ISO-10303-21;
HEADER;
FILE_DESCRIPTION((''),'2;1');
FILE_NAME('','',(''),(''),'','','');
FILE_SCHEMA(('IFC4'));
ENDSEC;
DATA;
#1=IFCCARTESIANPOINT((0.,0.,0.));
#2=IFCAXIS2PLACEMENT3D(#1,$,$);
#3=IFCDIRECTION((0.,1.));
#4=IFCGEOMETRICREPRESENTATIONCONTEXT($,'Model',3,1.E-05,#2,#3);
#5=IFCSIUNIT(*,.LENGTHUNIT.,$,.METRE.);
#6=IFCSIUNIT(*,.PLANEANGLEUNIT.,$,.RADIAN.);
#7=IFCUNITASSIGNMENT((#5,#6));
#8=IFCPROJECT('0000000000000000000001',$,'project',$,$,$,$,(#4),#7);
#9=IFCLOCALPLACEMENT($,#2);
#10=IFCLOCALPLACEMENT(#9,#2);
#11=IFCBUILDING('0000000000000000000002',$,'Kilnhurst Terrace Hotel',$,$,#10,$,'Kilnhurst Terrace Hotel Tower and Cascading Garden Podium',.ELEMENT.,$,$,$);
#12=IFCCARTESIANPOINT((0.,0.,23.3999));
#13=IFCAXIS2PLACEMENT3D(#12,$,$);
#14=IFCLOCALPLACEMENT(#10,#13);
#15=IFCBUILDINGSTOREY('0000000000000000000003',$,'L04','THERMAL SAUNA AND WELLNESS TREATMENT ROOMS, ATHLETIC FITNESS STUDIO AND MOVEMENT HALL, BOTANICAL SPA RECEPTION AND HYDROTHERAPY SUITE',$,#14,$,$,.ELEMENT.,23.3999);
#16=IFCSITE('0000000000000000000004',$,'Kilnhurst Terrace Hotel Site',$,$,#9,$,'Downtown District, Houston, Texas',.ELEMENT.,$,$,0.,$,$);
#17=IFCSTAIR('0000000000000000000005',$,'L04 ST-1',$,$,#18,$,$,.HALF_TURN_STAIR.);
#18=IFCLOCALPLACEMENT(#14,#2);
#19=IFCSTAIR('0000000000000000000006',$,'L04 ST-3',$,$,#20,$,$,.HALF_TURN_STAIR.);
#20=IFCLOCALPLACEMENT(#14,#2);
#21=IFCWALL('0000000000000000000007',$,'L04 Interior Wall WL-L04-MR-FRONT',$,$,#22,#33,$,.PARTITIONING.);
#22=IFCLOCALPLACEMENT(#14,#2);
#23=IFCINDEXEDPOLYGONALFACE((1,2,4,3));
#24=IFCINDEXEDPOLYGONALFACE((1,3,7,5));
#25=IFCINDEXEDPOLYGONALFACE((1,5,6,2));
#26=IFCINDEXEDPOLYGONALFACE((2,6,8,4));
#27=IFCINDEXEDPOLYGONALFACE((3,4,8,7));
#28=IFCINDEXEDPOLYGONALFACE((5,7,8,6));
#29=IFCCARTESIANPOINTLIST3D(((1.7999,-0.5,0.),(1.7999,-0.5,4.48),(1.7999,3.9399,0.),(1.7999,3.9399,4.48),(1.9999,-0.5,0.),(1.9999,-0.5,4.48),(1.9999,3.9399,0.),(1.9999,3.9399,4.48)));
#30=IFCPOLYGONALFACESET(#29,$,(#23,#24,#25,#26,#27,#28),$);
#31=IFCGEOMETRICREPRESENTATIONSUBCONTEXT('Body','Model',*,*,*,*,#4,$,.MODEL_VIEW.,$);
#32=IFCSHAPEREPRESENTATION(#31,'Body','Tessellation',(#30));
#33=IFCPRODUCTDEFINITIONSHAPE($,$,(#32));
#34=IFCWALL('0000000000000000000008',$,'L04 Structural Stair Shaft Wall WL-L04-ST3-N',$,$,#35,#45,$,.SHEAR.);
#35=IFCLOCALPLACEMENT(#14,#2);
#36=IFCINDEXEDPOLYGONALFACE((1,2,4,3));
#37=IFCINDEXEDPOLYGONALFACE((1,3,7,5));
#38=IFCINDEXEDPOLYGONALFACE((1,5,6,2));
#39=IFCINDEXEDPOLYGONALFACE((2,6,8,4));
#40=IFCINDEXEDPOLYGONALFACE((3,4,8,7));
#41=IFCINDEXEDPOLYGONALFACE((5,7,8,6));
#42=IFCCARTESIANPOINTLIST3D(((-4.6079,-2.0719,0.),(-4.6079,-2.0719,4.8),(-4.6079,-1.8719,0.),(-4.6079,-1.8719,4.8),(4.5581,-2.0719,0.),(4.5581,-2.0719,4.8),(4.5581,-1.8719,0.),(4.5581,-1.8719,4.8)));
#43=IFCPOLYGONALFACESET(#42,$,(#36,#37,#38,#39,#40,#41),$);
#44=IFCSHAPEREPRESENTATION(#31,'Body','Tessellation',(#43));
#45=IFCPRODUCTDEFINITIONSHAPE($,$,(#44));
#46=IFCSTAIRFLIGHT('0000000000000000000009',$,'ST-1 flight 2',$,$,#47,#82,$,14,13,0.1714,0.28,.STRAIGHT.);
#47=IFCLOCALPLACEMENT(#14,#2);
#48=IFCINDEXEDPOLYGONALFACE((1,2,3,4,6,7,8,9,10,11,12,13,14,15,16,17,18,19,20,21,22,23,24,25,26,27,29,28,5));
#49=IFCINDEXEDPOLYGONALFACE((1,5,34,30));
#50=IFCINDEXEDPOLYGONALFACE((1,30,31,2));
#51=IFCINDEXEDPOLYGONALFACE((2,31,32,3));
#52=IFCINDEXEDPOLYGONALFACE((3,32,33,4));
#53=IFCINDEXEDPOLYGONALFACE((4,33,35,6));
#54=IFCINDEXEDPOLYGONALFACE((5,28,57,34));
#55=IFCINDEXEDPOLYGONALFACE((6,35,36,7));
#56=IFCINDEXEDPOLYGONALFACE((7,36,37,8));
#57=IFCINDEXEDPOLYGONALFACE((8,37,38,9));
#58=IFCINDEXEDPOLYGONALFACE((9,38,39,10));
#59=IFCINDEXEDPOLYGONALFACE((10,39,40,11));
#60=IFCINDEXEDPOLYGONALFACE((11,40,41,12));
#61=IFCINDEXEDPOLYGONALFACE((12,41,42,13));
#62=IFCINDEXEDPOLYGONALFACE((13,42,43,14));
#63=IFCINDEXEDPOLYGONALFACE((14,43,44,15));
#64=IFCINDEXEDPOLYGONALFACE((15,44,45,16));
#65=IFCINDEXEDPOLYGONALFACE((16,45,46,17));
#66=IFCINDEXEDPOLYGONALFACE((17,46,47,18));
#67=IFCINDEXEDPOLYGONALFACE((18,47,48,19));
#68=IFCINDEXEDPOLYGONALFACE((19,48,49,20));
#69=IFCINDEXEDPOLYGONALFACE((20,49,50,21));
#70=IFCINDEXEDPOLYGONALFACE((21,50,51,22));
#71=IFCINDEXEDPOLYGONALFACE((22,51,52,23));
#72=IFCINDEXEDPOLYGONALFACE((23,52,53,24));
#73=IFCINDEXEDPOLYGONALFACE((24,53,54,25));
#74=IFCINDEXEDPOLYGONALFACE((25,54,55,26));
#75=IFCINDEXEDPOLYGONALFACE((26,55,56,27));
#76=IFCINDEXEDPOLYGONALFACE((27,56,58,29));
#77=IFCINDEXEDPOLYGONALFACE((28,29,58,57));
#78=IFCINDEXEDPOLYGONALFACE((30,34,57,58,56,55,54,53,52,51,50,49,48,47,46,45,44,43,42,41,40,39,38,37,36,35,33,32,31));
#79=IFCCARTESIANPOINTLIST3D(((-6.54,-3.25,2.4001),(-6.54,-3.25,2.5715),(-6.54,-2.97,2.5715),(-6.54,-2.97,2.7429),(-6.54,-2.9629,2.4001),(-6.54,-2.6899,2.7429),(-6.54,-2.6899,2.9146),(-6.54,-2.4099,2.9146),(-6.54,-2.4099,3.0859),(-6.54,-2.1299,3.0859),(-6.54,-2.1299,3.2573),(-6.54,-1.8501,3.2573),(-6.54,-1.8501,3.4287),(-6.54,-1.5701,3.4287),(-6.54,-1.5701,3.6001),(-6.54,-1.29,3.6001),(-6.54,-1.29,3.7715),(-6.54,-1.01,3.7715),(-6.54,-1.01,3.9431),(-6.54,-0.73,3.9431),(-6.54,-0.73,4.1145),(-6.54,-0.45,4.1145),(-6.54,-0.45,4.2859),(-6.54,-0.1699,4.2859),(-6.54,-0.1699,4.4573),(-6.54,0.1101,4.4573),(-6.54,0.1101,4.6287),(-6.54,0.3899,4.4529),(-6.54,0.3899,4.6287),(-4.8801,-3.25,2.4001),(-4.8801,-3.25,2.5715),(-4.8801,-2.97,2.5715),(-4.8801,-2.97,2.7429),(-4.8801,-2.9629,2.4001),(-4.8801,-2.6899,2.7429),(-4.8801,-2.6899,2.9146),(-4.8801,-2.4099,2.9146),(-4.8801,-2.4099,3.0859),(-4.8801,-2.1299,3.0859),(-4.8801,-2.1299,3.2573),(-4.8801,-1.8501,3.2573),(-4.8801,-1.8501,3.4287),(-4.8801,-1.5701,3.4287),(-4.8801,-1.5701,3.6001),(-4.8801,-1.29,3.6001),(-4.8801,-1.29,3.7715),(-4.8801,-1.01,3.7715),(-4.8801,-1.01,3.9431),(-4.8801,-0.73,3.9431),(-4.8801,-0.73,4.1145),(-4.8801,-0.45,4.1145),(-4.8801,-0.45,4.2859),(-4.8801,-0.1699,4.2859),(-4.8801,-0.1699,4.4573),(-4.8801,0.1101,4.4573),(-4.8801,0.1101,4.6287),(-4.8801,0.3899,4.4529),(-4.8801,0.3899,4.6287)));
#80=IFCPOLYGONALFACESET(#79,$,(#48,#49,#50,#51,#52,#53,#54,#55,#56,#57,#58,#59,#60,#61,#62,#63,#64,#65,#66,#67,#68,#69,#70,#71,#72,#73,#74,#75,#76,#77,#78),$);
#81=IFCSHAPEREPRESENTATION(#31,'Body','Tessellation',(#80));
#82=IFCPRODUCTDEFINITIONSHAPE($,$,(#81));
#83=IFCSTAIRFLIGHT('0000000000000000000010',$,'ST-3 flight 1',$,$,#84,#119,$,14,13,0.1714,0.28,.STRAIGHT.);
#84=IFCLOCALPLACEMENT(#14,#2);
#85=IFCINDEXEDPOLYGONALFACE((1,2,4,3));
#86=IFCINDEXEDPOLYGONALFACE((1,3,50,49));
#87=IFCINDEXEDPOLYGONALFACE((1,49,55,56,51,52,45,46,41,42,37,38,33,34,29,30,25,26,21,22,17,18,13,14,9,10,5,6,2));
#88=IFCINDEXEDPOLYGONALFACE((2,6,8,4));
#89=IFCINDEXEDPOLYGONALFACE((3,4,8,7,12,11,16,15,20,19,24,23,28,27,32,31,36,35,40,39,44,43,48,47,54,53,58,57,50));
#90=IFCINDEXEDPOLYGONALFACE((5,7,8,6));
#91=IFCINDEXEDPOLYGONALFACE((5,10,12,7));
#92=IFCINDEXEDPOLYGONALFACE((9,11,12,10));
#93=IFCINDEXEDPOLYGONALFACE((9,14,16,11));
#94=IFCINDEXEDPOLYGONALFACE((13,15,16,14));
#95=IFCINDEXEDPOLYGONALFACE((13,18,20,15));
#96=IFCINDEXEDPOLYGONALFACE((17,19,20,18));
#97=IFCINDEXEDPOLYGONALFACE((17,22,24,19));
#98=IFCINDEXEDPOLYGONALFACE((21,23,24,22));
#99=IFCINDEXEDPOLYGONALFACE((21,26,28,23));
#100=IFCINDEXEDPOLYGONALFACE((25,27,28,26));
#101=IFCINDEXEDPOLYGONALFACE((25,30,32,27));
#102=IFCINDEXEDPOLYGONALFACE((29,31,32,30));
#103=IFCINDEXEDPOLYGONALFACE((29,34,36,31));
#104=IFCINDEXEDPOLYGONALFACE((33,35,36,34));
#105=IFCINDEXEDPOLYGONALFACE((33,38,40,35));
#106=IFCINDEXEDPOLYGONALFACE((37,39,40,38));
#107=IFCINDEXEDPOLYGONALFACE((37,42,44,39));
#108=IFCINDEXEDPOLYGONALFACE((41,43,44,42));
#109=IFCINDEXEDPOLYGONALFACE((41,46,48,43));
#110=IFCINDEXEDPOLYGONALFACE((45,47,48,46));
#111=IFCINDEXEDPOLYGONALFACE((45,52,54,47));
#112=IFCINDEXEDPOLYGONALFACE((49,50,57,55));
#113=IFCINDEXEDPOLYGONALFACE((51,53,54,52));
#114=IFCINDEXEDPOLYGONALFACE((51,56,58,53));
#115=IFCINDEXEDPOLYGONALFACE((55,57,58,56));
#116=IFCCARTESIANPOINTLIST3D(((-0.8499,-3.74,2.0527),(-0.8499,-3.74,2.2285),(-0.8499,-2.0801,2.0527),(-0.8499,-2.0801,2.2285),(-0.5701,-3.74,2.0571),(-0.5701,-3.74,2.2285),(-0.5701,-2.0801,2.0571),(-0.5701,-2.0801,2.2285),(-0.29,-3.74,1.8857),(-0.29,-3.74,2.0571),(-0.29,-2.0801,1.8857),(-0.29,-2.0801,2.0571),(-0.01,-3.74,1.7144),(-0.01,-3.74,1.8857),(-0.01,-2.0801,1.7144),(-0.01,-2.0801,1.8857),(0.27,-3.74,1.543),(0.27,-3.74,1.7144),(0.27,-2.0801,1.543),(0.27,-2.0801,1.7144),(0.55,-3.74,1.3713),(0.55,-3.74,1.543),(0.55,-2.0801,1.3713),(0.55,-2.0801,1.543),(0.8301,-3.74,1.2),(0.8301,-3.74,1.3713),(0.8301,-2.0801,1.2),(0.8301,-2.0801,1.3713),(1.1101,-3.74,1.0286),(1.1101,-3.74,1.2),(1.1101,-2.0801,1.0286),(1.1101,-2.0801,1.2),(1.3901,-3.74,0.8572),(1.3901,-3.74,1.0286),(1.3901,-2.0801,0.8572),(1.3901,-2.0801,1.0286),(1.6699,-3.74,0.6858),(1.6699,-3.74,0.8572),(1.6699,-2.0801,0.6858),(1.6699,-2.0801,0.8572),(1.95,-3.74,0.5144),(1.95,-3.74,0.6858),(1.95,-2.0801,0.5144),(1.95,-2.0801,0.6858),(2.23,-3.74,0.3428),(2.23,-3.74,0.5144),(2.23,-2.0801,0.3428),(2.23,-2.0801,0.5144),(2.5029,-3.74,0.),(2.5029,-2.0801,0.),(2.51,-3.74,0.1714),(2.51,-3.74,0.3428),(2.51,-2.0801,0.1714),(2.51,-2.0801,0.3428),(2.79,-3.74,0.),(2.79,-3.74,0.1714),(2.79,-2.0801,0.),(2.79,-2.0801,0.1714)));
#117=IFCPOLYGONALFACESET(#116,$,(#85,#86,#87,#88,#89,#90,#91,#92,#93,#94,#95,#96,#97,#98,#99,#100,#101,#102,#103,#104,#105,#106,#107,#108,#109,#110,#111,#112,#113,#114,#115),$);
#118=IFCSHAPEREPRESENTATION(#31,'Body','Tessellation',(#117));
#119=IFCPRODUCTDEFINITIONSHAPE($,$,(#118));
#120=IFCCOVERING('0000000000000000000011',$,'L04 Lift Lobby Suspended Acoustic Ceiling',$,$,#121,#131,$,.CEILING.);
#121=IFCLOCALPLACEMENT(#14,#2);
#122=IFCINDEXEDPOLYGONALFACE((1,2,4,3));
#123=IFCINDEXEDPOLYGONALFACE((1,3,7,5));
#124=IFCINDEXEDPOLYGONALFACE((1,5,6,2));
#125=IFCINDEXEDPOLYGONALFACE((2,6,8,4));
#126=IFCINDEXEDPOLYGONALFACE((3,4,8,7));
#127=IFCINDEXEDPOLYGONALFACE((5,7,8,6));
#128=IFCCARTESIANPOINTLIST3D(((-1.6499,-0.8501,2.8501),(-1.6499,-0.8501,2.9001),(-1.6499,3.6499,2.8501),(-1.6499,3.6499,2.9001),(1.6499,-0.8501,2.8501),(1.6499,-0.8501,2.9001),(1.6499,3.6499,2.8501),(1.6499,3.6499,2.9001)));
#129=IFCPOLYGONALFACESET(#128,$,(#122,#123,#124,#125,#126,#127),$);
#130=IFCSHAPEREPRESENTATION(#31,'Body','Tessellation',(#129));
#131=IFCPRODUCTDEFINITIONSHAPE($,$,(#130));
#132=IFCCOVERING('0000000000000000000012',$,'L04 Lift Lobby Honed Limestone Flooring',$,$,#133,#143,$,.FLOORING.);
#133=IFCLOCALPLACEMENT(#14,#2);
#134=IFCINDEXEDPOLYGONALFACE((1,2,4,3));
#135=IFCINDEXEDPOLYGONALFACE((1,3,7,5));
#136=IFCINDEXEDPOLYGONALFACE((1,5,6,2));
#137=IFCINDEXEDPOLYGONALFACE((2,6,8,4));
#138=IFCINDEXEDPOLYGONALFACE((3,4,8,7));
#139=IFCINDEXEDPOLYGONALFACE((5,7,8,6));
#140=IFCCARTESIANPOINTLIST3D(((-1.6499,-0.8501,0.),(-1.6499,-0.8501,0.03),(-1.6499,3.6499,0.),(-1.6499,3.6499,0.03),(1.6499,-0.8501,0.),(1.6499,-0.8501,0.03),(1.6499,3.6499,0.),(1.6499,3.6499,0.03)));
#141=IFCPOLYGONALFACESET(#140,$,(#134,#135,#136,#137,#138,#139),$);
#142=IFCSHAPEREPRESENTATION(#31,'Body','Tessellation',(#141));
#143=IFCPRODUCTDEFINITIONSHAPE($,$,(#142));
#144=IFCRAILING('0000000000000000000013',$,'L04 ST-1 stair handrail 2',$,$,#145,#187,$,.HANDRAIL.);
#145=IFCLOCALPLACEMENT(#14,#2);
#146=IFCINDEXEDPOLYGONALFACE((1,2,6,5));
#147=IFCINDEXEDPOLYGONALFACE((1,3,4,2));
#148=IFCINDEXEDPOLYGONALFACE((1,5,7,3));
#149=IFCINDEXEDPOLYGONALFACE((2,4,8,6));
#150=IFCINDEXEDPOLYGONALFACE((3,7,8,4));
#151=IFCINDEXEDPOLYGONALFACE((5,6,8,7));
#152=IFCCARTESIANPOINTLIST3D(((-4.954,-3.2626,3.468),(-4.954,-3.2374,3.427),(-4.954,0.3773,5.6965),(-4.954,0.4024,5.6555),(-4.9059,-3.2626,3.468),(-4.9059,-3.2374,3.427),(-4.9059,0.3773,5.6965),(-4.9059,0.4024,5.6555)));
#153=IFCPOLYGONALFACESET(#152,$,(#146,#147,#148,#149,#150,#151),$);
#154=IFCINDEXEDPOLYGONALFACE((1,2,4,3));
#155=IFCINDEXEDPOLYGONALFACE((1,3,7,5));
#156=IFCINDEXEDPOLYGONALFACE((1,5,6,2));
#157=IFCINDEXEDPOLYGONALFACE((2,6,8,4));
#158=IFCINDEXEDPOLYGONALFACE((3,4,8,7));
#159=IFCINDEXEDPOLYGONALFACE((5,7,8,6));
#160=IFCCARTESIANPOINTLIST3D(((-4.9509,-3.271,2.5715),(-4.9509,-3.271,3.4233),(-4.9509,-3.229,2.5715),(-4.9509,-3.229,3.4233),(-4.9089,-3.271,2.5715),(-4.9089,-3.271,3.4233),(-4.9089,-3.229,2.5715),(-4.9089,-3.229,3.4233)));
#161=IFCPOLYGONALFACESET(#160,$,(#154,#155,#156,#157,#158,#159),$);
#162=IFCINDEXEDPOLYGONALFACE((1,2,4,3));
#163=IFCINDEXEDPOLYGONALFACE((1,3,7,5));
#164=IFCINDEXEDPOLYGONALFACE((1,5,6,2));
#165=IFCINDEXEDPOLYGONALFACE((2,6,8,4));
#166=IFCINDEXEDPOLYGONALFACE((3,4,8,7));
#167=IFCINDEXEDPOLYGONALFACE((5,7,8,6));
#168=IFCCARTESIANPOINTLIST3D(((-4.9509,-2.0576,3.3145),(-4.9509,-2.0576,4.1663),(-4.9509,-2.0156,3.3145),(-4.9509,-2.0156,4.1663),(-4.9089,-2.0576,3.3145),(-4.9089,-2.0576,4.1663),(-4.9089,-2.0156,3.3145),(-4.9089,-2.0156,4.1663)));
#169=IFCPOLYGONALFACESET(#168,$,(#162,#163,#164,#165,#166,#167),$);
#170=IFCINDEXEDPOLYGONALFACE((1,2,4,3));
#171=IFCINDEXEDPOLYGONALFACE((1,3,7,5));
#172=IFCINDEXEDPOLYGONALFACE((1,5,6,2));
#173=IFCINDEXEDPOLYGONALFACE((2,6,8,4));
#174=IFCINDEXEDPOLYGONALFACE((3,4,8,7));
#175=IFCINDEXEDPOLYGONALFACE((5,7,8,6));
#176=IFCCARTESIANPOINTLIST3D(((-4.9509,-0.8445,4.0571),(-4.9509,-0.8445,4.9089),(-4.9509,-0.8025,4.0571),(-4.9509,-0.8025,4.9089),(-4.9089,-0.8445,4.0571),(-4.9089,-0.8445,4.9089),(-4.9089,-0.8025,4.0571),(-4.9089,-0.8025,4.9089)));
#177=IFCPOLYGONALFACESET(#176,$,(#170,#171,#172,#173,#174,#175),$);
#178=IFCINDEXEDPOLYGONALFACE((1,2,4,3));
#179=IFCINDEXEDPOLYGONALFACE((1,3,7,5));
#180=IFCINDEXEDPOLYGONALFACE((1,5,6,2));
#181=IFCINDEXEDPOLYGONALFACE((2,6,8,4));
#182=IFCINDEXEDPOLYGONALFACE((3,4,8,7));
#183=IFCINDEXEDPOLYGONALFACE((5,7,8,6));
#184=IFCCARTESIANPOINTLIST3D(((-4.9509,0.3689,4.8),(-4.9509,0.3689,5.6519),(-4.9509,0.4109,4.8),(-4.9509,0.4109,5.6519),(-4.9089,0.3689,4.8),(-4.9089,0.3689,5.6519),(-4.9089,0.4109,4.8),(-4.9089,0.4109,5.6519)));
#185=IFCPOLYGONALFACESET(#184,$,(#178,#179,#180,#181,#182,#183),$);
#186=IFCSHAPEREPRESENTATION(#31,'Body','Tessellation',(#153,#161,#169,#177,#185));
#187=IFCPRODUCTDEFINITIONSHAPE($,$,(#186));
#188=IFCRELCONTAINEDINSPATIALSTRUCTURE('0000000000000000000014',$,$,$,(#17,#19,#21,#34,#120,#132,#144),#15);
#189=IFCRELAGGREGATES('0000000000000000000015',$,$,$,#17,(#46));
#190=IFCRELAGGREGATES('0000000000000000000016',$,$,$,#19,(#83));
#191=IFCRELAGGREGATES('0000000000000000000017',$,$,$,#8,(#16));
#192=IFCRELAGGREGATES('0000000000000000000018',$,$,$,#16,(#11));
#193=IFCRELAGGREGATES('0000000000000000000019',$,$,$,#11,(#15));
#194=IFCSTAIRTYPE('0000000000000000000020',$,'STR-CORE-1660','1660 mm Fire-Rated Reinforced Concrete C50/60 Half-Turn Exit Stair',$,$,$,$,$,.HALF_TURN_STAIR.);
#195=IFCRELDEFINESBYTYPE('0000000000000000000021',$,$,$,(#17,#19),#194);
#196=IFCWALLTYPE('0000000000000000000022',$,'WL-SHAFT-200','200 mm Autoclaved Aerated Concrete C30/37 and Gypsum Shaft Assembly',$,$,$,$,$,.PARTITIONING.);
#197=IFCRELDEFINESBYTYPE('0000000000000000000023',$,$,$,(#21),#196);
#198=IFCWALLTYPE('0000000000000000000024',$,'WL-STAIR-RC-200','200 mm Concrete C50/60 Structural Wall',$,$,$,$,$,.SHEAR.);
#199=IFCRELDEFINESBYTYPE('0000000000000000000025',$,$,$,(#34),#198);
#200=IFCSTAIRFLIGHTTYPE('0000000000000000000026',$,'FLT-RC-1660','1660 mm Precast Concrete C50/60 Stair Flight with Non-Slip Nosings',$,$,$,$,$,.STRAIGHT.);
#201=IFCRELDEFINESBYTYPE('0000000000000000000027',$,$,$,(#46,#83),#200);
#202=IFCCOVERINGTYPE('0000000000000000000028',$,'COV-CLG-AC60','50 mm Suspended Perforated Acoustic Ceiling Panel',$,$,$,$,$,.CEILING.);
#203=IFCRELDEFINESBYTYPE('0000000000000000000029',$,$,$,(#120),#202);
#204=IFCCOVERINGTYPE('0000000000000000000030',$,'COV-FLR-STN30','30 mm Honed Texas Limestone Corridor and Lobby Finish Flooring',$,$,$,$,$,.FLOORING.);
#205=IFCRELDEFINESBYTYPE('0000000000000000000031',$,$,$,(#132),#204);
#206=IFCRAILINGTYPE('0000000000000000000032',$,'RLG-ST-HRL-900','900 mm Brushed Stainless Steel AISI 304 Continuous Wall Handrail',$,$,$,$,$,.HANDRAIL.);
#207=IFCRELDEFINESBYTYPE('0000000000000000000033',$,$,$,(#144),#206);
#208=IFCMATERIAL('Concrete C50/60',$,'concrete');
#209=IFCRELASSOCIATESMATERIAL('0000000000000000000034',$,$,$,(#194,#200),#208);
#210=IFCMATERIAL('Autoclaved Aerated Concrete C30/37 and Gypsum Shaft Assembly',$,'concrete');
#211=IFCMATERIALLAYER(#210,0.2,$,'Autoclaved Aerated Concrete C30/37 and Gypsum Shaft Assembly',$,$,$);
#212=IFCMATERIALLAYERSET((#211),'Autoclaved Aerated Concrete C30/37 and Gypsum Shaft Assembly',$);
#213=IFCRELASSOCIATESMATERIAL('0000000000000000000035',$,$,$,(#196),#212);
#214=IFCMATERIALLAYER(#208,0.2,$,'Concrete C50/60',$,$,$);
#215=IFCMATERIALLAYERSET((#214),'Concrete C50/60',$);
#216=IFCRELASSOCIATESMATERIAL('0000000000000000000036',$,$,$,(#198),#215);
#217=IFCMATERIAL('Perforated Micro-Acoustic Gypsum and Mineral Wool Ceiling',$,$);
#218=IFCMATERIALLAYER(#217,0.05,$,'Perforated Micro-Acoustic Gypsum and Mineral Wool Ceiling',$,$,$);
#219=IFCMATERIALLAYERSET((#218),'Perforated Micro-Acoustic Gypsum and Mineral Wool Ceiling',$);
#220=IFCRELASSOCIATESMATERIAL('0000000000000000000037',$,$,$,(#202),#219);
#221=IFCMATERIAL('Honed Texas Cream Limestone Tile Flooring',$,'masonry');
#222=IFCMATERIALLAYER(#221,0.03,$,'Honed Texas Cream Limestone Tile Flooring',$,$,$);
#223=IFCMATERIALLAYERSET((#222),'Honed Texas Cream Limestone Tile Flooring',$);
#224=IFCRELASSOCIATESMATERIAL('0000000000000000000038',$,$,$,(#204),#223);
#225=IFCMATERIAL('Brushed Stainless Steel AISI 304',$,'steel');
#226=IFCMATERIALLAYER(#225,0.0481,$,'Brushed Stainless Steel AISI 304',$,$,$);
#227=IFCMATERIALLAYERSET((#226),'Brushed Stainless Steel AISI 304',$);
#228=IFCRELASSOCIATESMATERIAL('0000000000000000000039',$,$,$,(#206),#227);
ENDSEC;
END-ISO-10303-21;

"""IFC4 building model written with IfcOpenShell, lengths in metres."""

from ifc_helpers import new_model, si_unit, direction, frame, frame_2d, origin, origin_2d, place, context, subcontext, project, spatial, polyline, rectangle, outline, extrude, material, layer, layer_set, type_object, element, aggregate, save


model = new_model("IFC4")

# Units and contexts
model_context = context("Model", 3, precision=1e-05, world=origin(), true_north=direction((0.0, 1.0)))
body_context = subcontext(model_context, "Body", "Model", "MODEL_VIEW")
ifc_project = project(units=[si_unit("LENGTHUNIT", "METRE"), si_unit("PLANEANGLEUNIT", "RADIAN")], contexts=[model_context])

# Site, building, storey
site_placement = place(None, origin())
site = spatial("IfcSite", under=ifc_project, at=site_placement, Name="Kilnhurst Terrace Hotel Site", LongName="Downtown District, Houston, Texas", CompositionType="ELEMENT", RefElevation=0.0)
building_placement = place(site_placement, origin())
building = spatial("IfcBuilding", under=site, at=building_placement, Name="Kilnhurst Terrace Hotel", LongName="Kilnhurst Terrace Hotel Tower and Cascading Garden Podium", CompositionType="ELEMENT")
storey_placement = place(building_placement, frame((0.0, 0.0, 23.3999)))
storey = spatial("IfcBuildingStorey", under=building, at=storey_placement, Name="L04", Description="THERMAL SAUNA AND WELLNESS TREATMENT ROOMS, ATHLETIC FITNESS STUDIO AND MOVEMENT HALL, BOTANICAL SPA RECEPTION AND HYDROTHERAPY SUITE", CompositionType="ELEMENT", Elevation=23.3999)

# Shared definitions
ifc_material_1 = material(Name="Concrete C50/60", Category="concrete")

# Stairs
stair_type_1 = type_object("IfcStairType", Name="STR-CORE-1660", Description="1660 mm Fire-Rated Reinforced Concrete C50/60 Half-Turn Exit Stair", PredefinedType="HALF_TURN_STAIR", material=ifc_material_1)
stair_1_placement = place(storey_placement, origin())
stair_1 = element("IfcStair", 1, at=stair_1_placement, inside=storey, type_object=stair_type_1, Name="L04 ST-1", PredefinedType="HALF_TURN_STAIR")
stair_2_placement = place(storey_placement, origin())
stair_2 = element("IfcStair", 2, at=stair_2_placement, inside=storey, type_object=stair_type_1, Name="L04 ST-3", PredefinedType="HALF_TURN_STAIR")

# Shared definitions
ifc_material_2 = material(Name="Autoclaved Aerated Concrete C30/37 and Gypsum Shaft Assembly", Category="concrete")
ifc_layer_1 = layer(ifc_material_2, 0.2, Name="Autoclaved Aerated Concrete C30/37 and Gypsum Shaft Assembly")
ifc_layer_set_1 = layer_set([ifc_layer_1], Name="Autoclaved Aerated Concrete C30/37 and Gypsum Shaft Assembly")
wall_type_1 = type_object("IfcWallType", Name="WL-SHAFT-200", Description="200 mm Autoclaved Aerated Concrete C30/37 and Gypsum Shaft Assembly", PredefinedType="PARTITIONING", material=ifc_layer_set_1)

# Walls
wall_1_placement = place(storey_placement, frame((1.8999, -0.5, 0.0), z_axis=(0.0, 0.0, 1.0), x_axis=(0.0, 1.0, 0.0)))
element("IfcWall", 3, at=wall_1_placement, inside=storey, type_object=wall_type_1, Name="L04 Interior Wall WL-L04-MR-FRONT", PredefinedType="PARTITIONING", context=body_context, shape_type="SweptSolid", body=[
    extrude(rectangle(XDim=4.4399, YDim=0.2, at=frame_2d((2.22, 0.0))), origin(), (0.0, 0.0, 1.0), 4.48),
])
ifc_layer_2 = layer(ifc_material_1, 0.2, Name="Concrete C50/60")
ifc_layer_set_2 = layer_set([ifc_layer_2], Name="Concrete C50/60")
wall_type_2 = type_object("IfcWallType", Name="WL-STAIR-RC-200", Description="200 mm Concrete C50/60 Structural Wall", PredefinedType="SHEAR", material=ifc_layer_set_2)
wall_2_placement = place(storey_placement, frame((-4.6079, -1.9719, 0.0), z_axis=(0.0, 0.0, 1.0), x_axis=(1.0, 0.0, 0.0)))
element("IfcWall", 4, at=wall_2_placement, inside=storey, type_object=wall_type_2, Name="L04 Structural Stair Shaft Wall WL-L04-ST3-N", PredefinedType="SHEAR", context=body_context, shape_type="SweptSolid", body=[
    extrude(rectangle(XDim=9.166, YDim=0.2, at=frame_2d((4.583, 0.0))), origin(), (0.0, 0.0, 1.0), 4.8),
])

# Stair flights
stair_flight_type = type_object("IfcStairFlightType", Name="FLT-RC-1660", Description="1660 mm Precast Concrete C50/60 Stair Flight with Non-Slip Nosings", PredefinedType="STRAIGHT", material=ifc_material_1)
stair_flight_1_placement = place(storey_placement, frame((-5.71, -3.25, 2.4001), z_axis=(0.0, 0.0, 1.0), x_axis=(0.0, 1.0, 0.0)))
stair_flight_1 = element("IfcStairFlight", 5, at=stair_flight_1_placement, type_object=stair_flight_type, Name="ST-1 flight 2", NumberOfRisers=14, NumberOfTreads=13, PredefinedType="STRAIGHT", RiserHeight=0.1714, TreadLength=0.28, context=body_context, shape_type="SweptSolid", body=[
    extrude(outline(polyline([(0.0, 0.0), (0.0, 0.1714), (0.28, 0.1714), (0.28, 0.3428), (0.5601, 0.3428), (0.5601, 0.5144), (0.8401, 0.5144), (0.8401, 0.6858), (1.1201, 0.6858), (1.1201, 0.8572), (1.3999, 0.8572), (1.3999, 1.0286), (1.6799, 1.0286), (1.6799, 1.2), (1.96, 1.2), (1.96, 1.3713), (2.24, 1.3713), (2.24, 1.543), (2.52, 1.543), (2.52, 1.7144), (2.8, 1.7144), (2.8, 1.8857), (3.0801, 1.8857), (3.0801, 2.0571), (3.3601, 2.0571), (3.3601, 2.2285), (3.6399, 2.2285), (3.6399, 2.3999), (3.6399, 2.0527), (0.2871, 0.0), (0.0, 0.0)])), frame((0.0, 0.8301, 0.0), z_axis=(0.0, -1.0, 0.0), x_axis=(1.0, 0.0, 0.0)), (0.0, 0.0, 1.0), 1.6599),
])
aggregate(stair_1, [stair_flight_1])
stair_flight_2_placement = place(storey_placement, frame((2.79, -2.9099, 0.0), z_axis=(0.0, 0.0, 1.0), x_axis=(-1.0, 0.0, 0.0)))
stair_flight_2 = element("IfcStairFlight", 6, at=stair_flight_2_placement, type_object=stair_flight_type, Name="ST-3 flight 1", NumberOfRisers=14, NumberOfTreads=13, PredefinedType="STRAIGHT", RiserHeight=0.1714, TreadLength=0.28, context=body_context, shape_type="SweptSolid", body=[
    extrude(outline(polyline([(0.0, 0.0), (0.0, 0.1714), (0.28, 0.1714), (0.28, 0.3428), (0.5601, 0.3428), (0.5601, 0.5144), (0.8401, 0.5144), (0.8401, 0.6858), (1.1201, 0.6858), (1.1201, 0.8572), (1.3999, 0.8572), (1.3999, 1.0286), (1.6799, 1.0286), (1.6799, 1.2), (1.96, 1.2), (1.96, 1.3713), (2.24, 1.3713), (2.24, 1.543), (2.52, 1.543), (2.52, 1.7144), (2.8, 1.7144), (2.8, 1.8857), (3.0801, 1.8857), (3.0801, 2.0571), (3.3601, 2.0571), (3.3601, 2.2285), (3.6399, 2.2285), (3.6399, 2.3999), (3.6399, 2.0527), (0.2871, 0.0), (0.0, 0.0)])), frame((0.0, 0.8301, 0.0), z_axis=(0.0, -1.0, 0.0), x_axis=(1.0, 0.0, 0.0)), (0.0, 0.0, 1.0), 1.6599),
])
aggregate(stair_2, [stair_flight_2])

# Coverings
ifc_material_3 = material(Name="Perforated Micro-Acoustic Gypsum and Mineral Wool Ceiling")
ifc_layer_3 = layer(ifc_material_3, 0.05, Name="Perforated Micro-Acoustic Gypsum and Mineral Wool Ceiling")
ifc_layer_set_3 = layer_set([ifc_layer_3], Name="Perforated Micro-Acoustic Gypsum and Mineral Wool Ceiling")
covering_type_1 = type_object("IfcCoveringType", Name="COV-CLG-AC60", Description="50 mm Suspended Perforated Acoustic Ceiling Panel", PredefinedType="CEILING", material=ifc_layer_set_3)
covering_1_placement = place(storey_placement, frame((0.0, 0.0, 2.8501)))
element("IfcCovering", 7, at=covering_1_placement, inside=storey, type_object=covering_type_1, Name="L04 Lift Lobby Suspended Acoustic Ceiling", PredefinedType="CEILING", context=body_context, shape_type="SweptSolid", body=[
    extrude(outline(polyline([(-1.6499, -0.8501), (1.6499, -0.8501), (1.6499, 3.6499), (-1.6499, 3.6499), (-1.6499, -0.8501)])), origin(), (0.0, 0.0, 1.0), 0.05),
])
ifc_material_4 = material(Name="Honed Texas Cream Limestone Tile Flooring", Category="masonry")
ifc_layer_4 = layer(ifc_material_4, 0.03, Name="Honed Texas Cream Limestone Tile Flooring")
ifc_layer_set_4 = layer_set([ifc_layer_4], Name="Honed Texas Cream Limestone Tile Flooring")
covering_type_2 = type_object("IfcCoveringType", Name="COV-FLR-STN30", Description="30 mm Honed Texas Limestone Corridor and Lobby Finish Flooring", PredefinedType="FLOORING", material=ifc_layer_set_4)
covering_2_placement = place(storey_placement, origin())
element("IfcCovering", 8, at=covering_2_placement, inside=storey, type_object=covering_type_2, Name="L04 Lift Lobby Honed Limestone Flooring", PredefinedType="FLOORING", context=body_context, shape_type="SweptSolid", body=[
    extrude(outline(polyline([(-1.6499, -0.8501), (1.6499, -0.8501), (1.6499, 3.6499), (-1.6499, 3.6499), (-1.6499, -0.8501)])), origin(), (0.0, 0.0, 1.0), 0.03),
])

# Railing
ifc_material_5 = material(Name="Brushed Stainless Steel AISI 304", Category="steel")
ifc_layer_5 = layer(ifc_material_5, 0.0481, Name="Brushed Stainless Steel AISI 304")
ifc_layer_set_5 = layer_set([ifc_layer_5], Name="Brushed Stainless Steel AISI 304")
railing_type = type_object("IfcRailingType", Name="RLG-ST-HRL-900", Description="900 mm Brushed Stainless Steel AISI 304 Continuous Wall Handrail", PredefinedType="HANDRAIL", material=ifc_layer_set_5)
railing_placement = place(storey_placement, frame((-4.9299, -3.25, 2.5715)))
element("IfcRailing", 9, at=railing_placement, inside=storey, type_object=railing_type, Name="L04 ST-1 stair handrail 2", PredefinedType="HANDRAIL", context=body_context, shape_type="SweptSolid", body=[
    extrude(rectangle(XDim=0.0481, YDim=0.0481, at=origin_2d()), frame((0.0, 0.0, 0.876), z_axis=(0.0, 0.85285, 0.522156), x_axis=(-1.0, 0.0, 0.0)), (0.0, 0.0, 1.0), 4.2678),
    extrude(rectangle(XDim=0.042, YDim=0.042, at=origin_2d()), origin(), (0.0, 0.0, 1.0), 0.8518),
    extrude(rectangle(XDim=0.042, YDim=0.042, at=origin_2d()), frame((0.0, 1.2134, 0.7429)), (0.0, 0.0, 1.0), 0.8518),
    extrude(rectangle(XDim=0.042, YDim=0.042, at=origin_2d()), frame((0.0, 2.4265, 1.4856)), (0.0, 0.0, 1.0), 0.8518),
    extrude(rectangle(XDim=0.042, YDim=0.042, at=origin_2d()), frame((0.0, 3.6399, 2.2285)), (0.0, 0.0, 1.0), 0.8518),
])

save(model, "model.ifc")
